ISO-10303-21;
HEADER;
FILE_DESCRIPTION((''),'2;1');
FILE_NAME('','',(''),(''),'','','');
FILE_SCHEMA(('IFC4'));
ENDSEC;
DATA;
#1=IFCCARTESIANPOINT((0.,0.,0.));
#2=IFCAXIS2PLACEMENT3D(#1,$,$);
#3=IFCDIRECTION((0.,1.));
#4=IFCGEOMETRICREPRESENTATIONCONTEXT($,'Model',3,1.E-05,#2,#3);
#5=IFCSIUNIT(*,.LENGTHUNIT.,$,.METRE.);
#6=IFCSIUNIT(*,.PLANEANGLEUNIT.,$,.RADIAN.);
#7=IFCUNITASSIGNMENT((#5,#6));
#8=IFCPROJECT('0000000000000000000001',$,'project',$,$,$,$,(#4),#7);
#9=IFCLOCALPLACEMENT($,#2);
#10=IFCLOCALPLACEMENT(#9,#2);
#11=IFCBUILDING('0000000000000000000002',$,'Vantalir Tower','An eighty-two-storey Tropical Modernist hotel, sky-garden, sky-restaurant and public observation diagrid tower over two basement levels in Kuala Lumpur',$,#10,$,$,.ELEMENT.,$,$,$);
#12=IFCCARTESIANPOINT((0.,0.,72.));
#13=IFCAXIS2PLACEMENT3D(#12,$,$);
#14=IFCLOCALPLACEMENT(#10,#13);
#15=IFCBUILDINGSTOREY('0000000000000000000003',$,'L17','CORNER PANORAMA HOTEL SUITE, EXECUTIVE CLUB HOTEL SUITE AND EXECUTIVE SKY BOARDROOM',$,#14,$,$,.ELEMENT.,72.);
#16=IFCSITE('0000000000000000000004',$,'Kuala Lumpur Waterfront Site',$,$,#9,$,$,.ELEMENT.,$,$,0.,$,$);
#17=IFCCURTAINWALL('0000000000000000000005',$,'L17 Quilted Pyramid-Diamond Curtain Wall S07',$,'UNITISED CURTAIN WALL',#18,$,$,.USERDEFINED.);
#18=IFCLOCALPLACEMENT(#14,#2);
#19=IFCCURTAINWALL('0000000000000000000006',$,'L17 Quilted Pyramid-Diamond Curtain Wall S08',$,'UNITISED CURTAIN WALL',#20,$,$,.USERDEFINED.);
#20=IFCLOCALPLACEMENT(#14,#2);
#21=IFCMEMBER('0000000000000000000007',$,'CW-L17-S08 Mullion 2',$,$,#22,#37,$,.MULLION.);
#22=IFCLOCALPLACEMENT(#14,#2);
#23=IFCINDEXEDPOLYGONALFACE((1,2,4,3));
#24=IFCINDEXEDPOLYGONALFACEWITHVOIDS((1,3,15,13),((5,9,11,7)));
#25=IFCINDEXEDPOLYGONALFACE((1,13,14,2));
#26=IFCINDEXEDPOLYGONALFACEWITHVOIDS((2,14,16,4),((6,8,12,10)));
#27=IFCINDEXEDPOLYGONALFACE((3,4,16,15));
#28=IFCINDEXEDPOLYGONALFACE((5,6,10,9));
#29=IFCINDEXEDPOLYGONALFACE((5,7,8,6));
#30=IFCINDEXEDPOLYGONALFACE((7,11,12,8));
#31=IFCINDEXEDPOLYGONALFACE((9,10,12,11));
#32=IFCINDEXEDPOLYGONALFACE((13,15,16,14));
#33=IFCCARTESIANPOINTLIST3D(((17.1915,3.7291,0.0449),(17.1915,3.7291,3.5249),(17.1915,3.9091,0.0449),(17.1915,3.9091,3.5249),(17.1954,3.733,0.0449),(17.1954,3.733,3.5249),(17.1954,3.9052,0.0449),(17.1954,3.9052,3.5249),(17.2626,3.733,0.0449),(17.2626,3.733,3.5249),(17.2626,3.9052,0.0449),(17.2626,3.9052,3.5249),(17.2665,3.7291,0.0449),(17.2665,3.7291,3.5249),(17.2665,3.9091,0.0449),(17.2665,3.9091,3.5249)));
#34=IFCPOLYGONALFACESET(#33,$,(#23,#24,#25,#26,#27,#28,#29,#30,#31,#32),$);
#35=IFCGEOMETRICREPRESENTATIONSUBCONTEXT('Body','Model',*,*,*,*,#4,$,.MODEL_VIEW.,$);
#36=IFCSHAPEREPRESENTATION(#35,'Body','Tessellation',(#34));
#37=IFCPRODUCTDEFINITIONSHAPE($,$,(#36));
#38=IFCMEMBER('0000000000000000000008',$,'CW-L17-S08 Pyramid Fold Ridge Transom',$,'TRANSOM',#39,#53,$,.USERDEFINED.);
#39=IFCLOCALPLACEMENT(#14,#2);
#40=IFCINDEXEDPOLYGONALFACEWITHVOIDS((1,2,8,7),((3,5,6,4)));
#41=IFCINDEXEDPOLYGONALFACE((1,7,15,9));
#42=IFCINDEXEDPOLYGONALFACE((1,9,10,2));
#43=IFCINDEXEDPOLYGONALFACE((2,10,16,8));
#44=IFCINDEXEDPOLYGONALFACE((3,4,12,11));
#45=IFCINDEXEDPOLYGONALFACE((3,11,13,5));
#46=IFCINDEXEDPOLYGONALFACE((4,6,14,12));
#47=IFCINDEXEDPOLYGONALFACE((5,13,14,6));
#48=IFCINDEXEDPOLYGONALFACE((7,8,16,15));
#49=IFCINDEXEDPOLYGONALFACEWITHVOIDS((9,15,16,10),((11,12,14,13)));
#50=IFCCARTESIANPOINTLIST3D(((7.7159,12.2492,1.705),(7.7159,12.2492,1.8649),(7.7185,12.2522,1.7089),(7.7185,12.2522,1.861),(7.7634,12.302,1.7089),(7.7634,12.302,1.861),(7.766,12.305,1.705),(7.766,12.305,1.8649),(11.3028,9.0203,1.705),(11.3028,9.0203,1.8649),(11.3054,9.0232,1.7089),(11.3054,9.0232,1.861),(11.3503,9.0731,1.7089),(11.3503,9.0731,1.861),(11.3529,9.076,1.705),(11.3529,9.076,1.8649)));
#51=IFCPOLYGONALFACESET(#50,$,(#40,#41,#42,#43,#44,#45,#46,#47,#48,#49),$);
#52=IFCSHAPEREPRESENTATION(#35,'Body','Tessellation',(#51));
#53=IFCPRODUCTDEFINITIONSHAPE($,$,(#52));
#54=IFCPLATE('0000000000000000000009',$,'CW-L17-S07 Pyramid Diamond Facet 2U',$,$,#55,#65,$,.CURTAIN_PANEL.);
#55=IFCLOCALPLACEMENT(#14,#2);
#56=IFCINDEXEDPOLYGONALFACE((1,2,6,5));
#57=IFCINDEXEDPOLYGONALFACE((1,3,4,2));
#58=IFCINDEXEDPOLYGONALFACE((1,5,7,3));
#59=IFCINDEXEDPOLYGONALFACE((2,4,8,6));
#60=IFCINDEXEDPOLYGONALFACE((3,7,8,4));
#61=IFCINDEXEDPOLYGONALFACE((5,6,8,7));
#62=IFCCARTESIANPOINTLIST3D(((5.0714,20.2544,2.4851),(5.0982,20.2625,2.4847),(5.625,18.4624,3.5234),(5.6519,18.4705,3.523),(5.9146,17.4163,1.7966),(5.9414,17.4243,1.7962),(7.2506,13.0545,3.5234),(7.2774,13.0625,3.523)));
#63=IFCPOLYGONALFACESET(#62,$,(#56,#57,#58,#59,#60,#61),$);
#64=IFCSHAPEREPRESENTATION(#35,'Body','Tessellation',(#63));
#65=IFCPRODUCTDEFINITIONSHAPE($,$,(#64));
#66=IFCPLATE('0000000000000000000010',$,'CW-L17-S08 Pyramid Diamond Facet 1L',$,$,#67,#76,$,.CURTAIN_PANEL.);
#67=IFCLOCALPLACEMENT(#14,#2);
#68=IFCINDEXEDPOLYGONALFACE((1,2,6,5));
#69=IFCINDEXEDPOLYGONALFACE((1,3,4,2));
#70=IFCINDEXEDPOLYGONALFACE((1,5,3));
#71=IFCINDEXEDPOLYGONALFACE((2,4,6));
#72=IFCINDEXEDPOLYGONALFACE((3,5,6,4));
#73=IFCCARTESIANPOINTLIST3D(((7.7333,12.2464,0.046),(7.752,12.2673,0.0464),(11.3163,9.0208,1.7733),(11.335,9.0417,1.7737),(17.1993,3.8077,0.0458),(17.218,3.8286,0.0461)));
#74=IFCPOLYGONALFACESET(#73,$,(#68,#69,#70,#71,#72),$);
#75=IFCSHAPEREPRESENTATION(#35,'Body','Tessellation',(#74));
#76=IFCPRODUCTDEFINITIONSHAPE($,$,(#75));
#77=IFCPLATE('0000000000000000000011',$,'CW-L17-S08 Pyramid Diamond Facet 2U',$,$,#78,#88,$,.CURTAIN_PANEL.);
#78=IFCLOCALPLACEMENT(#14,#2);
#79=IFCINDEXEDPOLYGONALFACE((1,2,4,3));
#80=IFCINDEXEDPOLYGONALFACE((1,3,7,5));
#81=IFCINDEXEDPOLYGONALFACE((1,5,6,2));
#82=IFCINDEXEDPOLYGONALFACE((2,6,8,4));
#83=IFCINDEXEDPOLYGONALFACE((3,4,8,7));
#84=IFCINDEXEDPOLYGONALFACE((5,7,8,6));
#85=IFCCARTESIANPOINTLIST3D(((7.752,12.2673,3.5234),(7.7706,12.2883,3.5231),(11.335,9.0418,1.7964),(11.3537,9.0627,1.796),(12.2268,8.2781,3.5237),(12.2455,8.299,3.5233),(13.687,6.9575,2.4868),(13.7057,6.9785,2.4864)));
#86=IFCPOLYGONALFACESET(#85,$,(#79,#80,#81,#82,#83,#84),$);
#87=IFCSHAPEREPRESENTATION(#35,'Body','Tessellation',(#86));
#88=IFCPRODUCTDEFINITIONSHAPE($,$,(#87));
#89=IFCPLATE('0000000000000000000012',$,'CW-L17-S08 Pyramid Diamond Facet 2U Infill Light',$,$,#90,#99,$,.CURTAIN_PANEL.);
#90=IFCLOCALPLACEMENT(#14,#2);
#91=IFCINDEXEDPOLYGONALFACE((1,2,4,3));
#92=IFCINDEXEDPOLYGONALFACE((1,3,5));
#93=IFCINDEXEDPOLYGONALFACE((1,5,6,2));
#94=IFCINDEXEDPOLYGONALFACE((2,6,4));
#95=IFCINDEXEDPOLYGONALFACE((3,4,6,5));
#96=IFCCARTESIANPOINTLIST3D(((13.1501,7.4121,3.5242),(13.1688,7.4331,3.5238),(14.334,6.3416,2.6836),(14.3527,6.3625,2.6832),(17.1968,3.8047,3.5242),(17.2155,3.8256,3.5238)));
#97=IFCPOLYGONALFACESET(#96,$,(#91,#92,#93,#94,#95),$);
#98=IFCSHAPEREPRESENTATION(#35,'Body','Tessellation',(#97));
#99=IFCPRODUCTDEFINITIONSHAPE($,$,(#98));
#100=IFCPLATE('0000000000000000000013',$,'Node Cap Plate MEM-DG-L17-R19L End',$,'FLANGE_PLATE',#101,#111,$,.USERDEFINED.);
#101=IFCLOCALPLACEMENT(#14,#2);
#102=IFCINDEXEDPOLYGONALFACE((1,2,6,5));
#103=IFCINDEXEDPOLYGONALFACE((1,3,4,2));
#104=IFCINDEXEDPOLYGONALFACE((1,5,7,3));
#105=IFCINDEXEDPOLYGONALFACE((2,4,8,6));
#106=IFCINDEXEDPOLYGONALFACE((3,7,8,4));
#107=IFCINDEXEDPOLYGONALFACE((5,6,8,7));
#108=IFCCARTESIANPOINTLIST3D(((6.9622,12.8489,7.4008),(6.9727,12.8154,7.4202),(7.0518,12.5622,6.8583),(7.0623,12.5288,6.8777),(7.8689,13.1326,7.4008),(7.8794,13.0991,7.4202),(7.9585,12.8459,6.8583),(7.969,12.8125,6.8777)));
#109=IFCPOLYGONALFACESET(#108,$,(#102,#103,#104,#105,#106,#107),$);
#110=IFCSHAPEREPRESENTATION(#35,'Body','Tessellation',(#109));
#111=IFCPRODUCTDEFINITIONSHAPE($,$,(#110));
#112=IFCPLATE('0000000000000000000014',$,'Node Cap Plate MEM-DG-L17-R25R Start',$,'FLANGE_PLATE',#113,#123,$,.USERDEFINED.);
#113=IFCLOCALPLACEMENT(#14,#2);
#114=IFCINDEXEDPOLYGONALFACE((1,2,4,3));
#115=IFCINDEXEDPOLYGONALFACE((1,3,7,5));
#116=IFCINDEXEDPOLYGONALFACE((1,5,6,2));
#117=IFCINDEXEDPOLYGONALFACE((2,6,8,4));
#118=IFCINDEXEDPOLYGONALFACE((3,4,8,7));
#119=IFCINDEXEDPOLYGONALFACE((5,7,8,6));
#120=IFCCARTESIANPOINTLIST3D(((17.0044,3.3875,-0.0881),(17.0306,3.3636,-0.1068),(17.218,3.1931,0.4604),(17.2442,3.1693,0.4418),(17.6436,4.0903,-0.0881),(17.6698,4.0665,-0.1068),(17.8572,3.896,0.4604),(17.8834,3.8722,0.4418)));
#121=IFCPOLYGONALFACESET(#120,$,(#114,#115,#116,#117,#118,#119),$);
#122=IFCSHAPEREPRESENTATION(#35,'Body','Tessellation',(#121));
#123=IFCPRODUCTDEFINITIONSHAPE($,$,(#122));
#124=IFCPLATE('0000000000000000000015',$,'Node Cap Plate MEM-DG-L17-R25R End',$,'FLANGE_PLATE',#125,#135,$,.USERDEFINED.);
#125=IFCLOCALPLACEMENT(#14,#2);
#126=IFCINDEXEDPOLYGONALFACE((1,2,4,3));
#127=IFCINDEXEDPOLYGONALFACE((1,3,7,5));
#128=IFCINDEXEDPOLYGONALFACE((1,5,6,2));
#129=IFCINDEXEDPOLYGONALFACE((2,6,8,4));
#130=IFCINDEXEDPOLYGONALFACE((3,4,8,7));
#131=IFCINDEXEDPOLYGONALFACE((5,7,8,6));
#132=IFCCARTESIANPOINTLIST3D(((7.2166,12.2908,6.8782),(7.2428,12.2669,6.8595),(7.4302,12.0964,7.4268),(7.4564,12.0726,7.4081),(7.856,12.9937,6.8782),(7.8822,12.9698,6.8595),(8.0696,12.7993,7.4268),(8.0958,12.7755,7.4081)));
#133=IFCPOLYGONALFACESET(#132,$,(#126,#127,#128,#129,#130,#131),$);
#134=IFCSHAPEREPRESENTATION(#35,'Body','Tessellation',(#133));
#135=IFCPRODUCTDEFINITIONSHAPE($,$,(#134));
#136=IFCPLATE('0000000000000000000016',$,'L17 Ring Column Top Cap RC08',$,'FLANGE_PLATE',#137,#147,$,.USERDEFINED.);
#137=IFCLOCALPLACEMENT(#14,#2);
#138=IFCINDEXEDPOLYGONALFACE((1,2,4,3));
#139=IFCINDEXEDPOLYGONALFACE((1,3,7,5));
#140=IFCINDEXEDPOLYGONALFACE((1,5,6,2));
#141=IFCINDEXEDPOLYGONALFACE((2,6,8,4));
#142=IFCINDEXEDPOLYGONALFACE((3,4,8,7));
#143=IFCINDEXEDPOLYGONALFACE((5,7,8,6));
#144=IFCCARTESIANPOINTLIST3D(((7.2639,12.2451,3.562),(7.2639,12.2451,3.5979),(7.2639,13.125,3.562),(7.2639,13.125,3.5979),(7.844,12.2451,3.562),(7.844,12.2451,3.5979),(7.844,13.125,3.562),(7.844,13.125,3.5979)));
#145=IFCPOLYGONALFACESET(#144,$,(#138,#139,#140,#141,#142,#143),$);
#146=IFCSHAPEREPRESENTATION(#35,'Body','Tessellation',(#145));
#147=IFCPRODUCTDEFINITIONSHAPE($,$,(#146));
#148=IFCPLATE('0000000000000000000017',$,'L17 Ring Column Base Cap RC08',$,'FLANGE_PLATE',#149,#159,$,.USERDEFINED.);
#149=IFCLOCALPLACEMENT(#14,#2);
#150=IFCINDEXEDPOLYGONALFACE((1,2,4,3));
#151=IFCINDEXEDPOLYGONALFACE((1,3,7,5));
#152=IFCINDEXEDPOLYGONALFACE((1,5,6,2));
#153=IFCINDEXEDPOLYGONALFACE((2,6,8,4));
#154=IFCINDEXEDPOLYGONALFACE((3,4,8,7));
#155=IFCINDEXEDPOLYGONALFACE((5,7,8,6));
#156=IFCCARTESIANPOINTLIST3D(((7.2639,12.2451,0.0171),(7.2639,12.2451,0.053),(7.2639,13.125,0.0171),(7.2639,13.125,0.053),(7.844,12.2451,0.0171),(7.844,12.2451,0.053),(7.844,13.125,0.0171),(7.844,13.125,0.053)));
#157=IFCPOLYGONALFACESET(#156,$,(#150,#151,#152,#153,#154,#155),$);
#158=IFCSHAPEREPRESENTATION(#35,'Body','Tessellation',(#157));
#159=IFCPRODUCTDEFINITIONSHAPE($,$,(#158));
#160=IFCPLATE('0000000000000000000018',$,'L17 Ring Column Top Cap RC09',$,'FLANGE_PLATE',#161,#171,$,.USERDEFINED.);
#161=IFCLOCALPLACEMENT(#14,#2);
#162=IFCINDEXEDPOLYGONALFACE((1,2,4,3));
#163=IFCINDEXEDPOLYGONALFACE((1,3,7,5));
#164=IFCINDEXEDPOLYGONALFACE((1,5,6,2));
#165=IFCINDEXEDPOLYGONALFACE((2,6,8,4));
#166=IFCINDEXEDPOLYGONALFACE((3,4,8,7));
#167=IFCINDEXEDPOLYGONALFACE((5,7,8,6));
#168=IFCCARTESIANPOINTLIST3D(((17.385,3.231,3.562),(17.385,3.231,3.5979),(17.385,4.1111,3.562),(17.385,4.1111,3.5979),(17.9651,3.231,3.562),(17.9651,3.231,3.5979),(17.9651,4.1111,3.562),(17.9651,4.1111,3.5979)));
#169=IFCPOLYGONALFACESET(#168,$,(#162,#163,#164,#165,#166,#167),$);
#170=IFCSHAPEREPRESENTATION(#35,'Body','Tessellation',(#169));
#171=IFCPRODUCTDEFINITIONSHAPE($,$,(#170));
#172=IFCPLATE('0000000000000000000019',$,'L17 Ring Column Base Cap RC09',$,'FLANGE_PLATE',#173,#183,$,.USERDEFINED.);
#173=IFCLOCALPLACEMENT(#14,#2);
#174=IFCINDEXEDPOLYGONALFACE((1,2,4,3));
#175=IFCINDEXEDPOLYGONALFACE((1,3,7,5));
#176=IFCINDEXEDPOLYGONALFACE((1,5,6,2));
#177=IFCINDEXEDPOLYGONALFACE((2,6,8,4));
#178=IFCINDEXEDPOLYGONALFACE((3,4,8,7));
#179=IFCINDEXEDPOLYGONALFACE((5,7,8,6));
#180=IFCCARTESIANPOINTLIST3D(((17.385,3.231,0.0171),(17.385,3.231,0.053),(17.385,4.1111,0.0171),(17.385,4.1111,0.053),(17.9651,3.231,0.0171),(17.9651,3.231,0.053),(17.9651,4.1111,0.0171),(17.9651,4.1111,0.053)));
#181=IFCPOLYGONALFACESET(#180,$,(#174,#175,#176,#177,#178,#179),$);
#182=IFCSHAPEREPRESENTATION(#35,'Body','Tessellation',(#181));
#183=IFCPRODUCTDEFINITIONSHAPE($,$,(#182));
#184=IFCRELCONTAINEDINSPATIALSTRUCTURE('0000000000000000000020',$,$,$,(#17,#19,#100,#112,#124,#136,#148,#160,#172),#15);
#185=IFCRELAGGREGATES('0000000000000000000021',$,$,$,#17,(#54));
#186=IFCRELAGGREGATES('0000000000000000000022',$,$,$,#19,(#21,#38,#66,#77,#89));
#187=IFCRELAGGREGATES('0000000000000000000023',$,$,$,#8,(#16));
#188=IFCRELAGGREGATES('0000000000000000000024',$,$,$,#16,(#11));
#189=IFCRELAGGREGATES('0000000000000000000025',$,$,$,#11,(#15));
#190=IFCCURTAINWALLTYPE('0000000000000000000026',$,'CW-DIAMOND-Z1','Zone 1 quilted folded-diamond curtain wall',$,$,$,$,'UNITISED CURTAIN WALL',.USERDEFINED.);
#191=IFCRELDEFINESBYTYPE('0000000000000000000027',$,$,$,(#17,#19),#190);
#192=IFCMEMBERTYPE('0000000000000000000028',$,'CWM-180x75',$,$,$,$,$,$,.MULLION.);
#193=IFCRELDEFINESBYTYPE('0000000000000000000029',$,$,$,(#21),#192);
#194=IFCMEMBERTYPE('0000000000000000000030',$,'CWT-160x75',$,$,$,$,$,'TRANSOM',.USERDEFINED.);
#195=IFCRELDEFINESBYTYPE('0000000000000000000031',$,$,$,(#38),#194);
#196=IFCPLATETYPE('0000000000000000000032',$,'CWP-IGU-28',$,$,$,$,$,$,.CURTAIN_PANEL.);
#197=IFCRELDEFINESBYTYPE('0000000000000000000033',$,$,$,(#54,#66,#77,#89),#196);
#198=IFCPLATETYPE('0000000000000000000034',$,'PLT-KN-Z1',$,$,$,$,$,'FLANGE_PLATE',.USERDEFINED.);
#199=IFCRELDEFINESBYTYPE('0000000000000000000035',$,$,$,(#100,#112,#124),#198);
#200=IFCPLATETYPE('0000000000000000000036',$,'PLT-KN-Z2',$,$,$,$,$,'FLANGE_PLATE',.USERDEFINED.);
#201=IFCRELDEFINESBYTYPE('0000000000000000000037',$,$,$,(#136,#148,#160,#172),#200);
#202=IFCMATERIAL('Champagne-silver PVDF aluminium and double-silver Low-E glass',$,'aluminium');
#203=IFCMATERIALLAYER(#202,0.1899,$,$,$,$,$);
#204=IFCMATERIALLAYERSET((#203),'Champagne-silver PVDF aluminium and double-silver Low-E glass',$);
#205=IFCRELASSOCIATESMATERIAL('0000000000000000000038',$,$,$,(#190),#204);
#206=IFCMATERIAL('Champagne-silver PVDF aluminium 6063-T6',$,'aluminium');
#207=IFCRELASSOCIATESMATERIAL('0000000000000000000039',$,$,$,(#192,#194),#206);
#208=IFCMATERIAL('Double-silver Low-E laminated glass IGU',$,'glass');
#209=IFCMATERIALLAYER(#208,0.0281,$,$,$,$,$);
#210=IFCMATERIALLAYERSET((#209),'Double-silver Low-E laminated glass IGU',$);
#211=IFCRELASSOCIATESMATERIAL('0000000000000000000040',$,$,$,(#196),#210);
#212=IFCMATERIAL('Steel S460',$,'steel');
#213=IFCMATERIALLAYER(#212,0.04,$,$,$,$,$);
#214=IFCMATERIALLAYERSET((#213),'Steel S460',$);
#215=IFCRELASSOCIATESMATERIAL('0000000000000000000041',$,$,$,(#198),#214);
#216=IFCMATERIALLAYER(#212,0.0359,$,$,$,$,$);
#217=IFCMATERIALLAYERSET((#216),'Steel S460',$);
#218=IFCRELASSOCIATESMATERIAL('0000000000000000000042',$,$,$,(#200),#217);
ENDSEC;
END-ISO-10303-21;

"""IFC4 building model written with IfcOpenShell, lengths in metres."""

from ifc_helpers import new_model, si_unit, direction, frame, origin, origin_2d, place, context, subcontext, project, spatial, polyline, hollow_rectangle, outline, extrude, material, layer, layer_set, material_profile, profile_set, type_object, element, aggregate, save


model = new_model("IFC4")

# Units and contexts
model_context = context("Model", 3, precision=1e-05, world=origin(), true_north=direction((0.0, 1.0)))
body_context = subcontext(model_context, "Body", "Model", "MODEL_VIEW")
ifc_project = project(units=[si_unit("LENGTHUNIT", "METRE"), si_unit("PLANEANGLEUNIT", "RADIAN")], contexts=[model_context])

# Site, building, storey
site_placement = place(None, origin())
site = spatial("IfcSite", under=ifc_project, at=site_placement, Name="Kuala Lumpur Waterfront Site", CompositionType="ELEMENT", RefElevation=0.0)
building_placement = place(site_placement, origin())
building = spatial("IfcBuilding", under=site, at=building_placement, Name="Vantalir Tower", Description="An eighty-two-storey Tropical Modernist hotel, sky-garden, sky-restaurant and public observation diagrid tower over two basement levels in Kuala Lumpur", CompositionType="ELEMENT")
storey_placement = place(building_placement, frame((0.0, 0.0, 72.0)))
storey = spatial("IfcBuildingStorey", under=building, at=storey_placement, Name="L17", Description="CORNER PANORAMA HOTEL SUITE, EXECUTIVE CLUB HOTEL SUITE AND EXECUTIVE SKY BOARDROOM", CompositionType="ELEMENT", Elevation=72.0)

# Shared definitions
ifc_material_1 = material(Name="Steel S460", Category="steel")

# Curtain wall
ifc_material_2 = material(Name="Champagne-silver PVDF aluminium and double-silver Low-E glass", Category="aluminium")
ifc_layer_1 = layer(ifc_material_2, 0.1899)
ifc_layer_set_1 = layer_set([ifc_layer_1], Name="Champagne-silver PVDF aluminium and double-silver Low-E glass")
curtain_wall_type = type_object("IfcCurtainWallType", Name="CW-DIAMOND-Z1", Description="Zone 1 quilted folded-diamond curtain wall", ElementType="UNITISED CURTAIN WALL", PredefinedType="USERDEFINED", material=ifc_layer_set_1)
curtain_wall_1_placement = place(storey_placement, origin())
curtain_wall_1 = element("IfcCurtainWall", 1, at=curtain_wall_1_placement, inside=storey, type_object=curtain_wall_type, Name="L17 Quilted Pyramid-Diamond Curtain Wall S07", ObjectType="UNITISED CURTAIN WALL", PredefinedType="USERDEFINED")
ifc_material_3 = material(Name="Champagne-silver PVDF aluminium 6063-T6", Category="aluminium")
ifc_material_profile_1 = material_profile(ifc_material_3, hollow_rectangle(XDim=0.075, YDim=0.1799, WallThickness=0.0039, at=origin_2d()), Name="Champagne-silver PVDF aluminium 6063-T6")
ifc_profile_set_1 = profile_set([ifc_material_profile_1], Name="Champagne-silver PVDF aluminium 6063-T6")
member_type_1 = type_object("IfcMemberType", Name="CWM-180x75", PredefinedType="MULLION", material=ifc_profile_set_1)

# Curtain wall, members
curtain_wall_2_placement = place(storey_placement, origin())
curtain_wall_2 = element("IfcCurtainWall", 2, at=curtain_wall_2_placement, inside=storey, type_object=curtain_wall_type, Name="L17 Quilted Pyramid-Diamond Curtain Wall S08", ObjectType="UNITISED CURTAIN WALL", PredefinedType="USERDEFINED")
member_1_placement = place(storey_placement, frame((17.229, 3.8191, 0.0449), z_axis=(0.0, 0.0, 1.0), x_axis=(1.0, 0.0, 0.0)))
member_1 = element("IfcMember", 3, at=member_1_placement, type_object=member_type_1, Name="CW-L17-S08 Mullion 2", PredefinedType="MULLION", context=body_context, shape_type="SweptSolid", body=[
    extrude(hollow_rectangle(XDim=0.075, YDim=0.1799, WallThickness=0.0039, at=origin_2d()), origin(), (0.0, 0.0, 1.0), 3.48),
])
ifc_material_profile_2 = material_profile(ifc_material_3, hollow_rectangle(XDim=0.075, YDim=0.1599, WallThickness=0.0039, at=origin_2d()), Name="Champagne-silver PVDF aluminium 6063-T6")
ifc_profile_set_2 = profile_set([ifc_material_profile_2], Name="Champagne-silver PVDF aluminium 6063-T6")
member_type_2 = type_object("IfcMemberType", Name="CWT-160x75", ElementType="TRANSOM", PredefinedType="USERDEFINED", material=ifc_profile_set_2)
member_2_placement = place(storey_placement, frame((7.741, 12.2771, 1.7849), z_axis=(0.743214, -0.669054, 0.0), x_axis=(0.669054, 0.743214, 0.0)))
member_2 = element("IfcMember", 4, at=member_2_placement, type_object=member_type_2, Name="CW-L17-S08 Pyramid Fold Ridge Transom", ObjectType="TRANSOM", PredefinedType="USERDEFINED", context=body_context, shape_type="SweptSolid", body=[
    extrude(hollow_rectangle(XDim=0.075, YDim=0.1599, WallThickness=0.0039, at=origin_2d()), origin(), (0.0, 0.0, 1.0), 4.8262),
])

# Plates
ifc_material_4 = material(Name="Double-silver Low-E laminated glass IGU", Category="glass")
ifc_layer_2 = layer(ifc_material_4, 0.0281)
ifc_layer_set_2 = layer_set([ifc_layer_2], Name="Double-silver Low-E laminated glass IGU")
plate_type_1 = type_object("IfcPlateType", Name="CWP-IGU-28", PredefinedType="CURTAIN_PANEL", material=ifc_layer_set_2)
plate_1_placement = place(storey_placement, frame((5.625, 18.4624, 3.5234), z_axis=(-0.95758, -0.287837, 0.013812), x_axis=(0.287865, -0.957671, 0.0)))
plate_1 = element("IfcPlate", 5, at=plate_1_placement, type_object=plate_type_1, Name="CW-L17-S07 Pyramid Diamond Facet 2U", PredefinedType="CURTAIN_PANEL", context=body_context, shape_type="SweptSolid", body=[
    extrude(outline(polyline([(0.0, 0.0), (5.647, 0.0), (1.0852, -1.727), (-1.8755, -1.0384), (0.0, 0.0)])), origin(), (0.0, 0.0, -1.0), 0.0281),
])
aggregate(curtain_wall_1, [plate_1])
plate_2_placement = place(storey_placement, frame((7.752, 12.2673, 0.0464), z_axis=(0.665379, 0.746382, 0.013584), x_axis=(0.746452, -0.66544, -0.000019)))
plate_2 = element("IfcPlate", 6, at=plate_2_placement, type_object=plate_type_1, Name="CW-L17-S08 Pyramid Diamond Facet 1L", PredefinedType="CURTAIN_PANEL", context=body_context, shape_type="SweptSolid", body=[
    extrude(outline(polyline([(0.0, 0.0), (12.6814, 0.0), (4.8209, -1.7275), (0.0, 0.0)])), origin(), (0.0, 0.0, -1.0), 0.0281),
])
plate_3_placement = place(storey_placement, frame((7.752, 12.2673, 3.5234), z_axis=(-0.665382, -0.74638, 0.013564), x_axis=(0.746449, -0.665443, 0.000041)))
plate_3 = element("IfcPlate", 7, at=plate_3_placement, type_object=plate_type_1, Name="CW-L17-S08 Pyramid Diamond Facet 2U", PredefinedType="CURTAIN_PANEL", context=body_context, shape_type="SweptSolid", body=[
    extrude(outline(polyline([(0.0, 0.0), (5.9949, 0.0), (7.9636, -1.037), (4.8209, -1.7274), (0.0, 0.0)])), origin(), (0.0, 0.0, -1.0), 0.0281),
])
plate_4_placement = place(storey_placement, frame((13.1501, 7.4121, 3.5242), z_axis=(-0.665376, -0.746386, 0.013505), x_axis=(0.746454, -0.665437, 0.0)))
plate_4 = element("IfcPlate", 8, at=plate_4_placement, type_object=plate_type_1, Name="CW-L17-S08 Pyramid Diamond Facet 2U Infill Light", PredefinedType="CURTAIN_PANEL", context=body_context, shape_type="SweptSolid", body=[
    extrude(outline(polyline([(0.0, 0.0), (5.4211, 0.0), (1.5961, -0.8407), (0.0, 0.0)])), origin(), (0.0, 0.0, -1.0), 0.0281),
])
aggregate(curtain_wall_2, [member_1, member_2, plate_2, plate_3, plate_4])

# Plates
ifc_layer_3 = layer(ifc_material_1, 0.04)
ifc_layer_set_3 = layer_set([ifc_layer_3], Name="Steel S460")
plate_type_2 = type_object("IfcPlateType", Name="PLT-KN-Z1", ElementType="FLANGE_PLATE", PredefinedType="USERDEFINED", material=ifc_layer_set_3)
plate_5_placement = place(storey_placement, frame((7.0623, 12.5288, 6.8777), z_axis=(0.261241, -0.834981, 0.484313), x_axis=(0.954379, 0.298597, 0.0)))
element("IfcPlate", 9, at=plate_5_placement, inside=storey, type_object=plate_type_2, Name="Node Cap Plate MEM-DG-L17-R19L End", ObjectType="FLANGE_PLATE", PredefinedType="USERDEFINED", context=body_context, shape_type="SweptSolid", body=[
    extrude(outline(polyline([(0.0, 0.0), (0.9501, 0.0), (0.9502, 0.6201), (0.0001, 0.6201), (0.0, 0.0)])), origin(), (0.0, 0.0, -1.0), 0.04),
])
plate_6_placement = place(storey_placement, frame((17.6436, 4.0903, -0.0881), z_axis=(-0.654672, 0.595322, 0.465828), x_axis=(-0.672775, -0.739847, 0.0)))
element("IfcPlate", 10, at=plate_6_placement, inside=storey, type_object=plate_type_2, Name="Node Cap Plate MEM-DG-L17-R25R Start", ObjectType="FLANGE_PLATE", PredefinedType="USERDEFINED", context=body_context, shape_type="SweptSolid", body=[
    extrude(outline(polyline([(0.0, 0.0), (0.95, 0.0), (0.9501, 0.62), (0.0001, 0.62), (0.0, 0.0)])), origin(), (0.0, 0.0, -1.0), 0.04),
])
plate_7_placement = place(storey_placement, frame((7.856, 12.9937, 6.8782), z_axis=(-0.654559, 0.595447, 0.465828), x_axis=(-0.672916, -0.739719, 0.0)))
element("IfcPlate", 11, at=plate_7_placement, inside=storey, type_object=plate_type_2, Name="Node Cap Plate MEM-DG-L17-R25R End", ObjectType="FLANGE_PLATE", PredefinedType="USERDEFINED", context=body_context, shape_type="SweptSolid", body=[
    extrude(outline(polyline([(0.0, 0.0), (0.9502, 0.0), (0.9502, 0.62), (0.0, 0.62), (0.0, 0.0)])), origin(), (0.0, 0.0, -1.0), 0.04),
])
ifc_layer_4 = layer(ifc_material_1, 0.0359)
ifc_layer_set_4 = layer_set([ifc_layer_4], Name="Steel S460")
plate_type_3 = type_object("IfcPlateType", Name="PLT-KN-Z2", ElementType="FLANGE_PLATE", PredefinedType="USERDEFINED", material=ifc_layer_set_4)
for number, where, z_axis, x_axis, name in (
    (12, (7.2639, 13.125, 3.5979), (0.0, 0.0, 1.0), (0.0, -1.0, 0.0), "L17 Ring Column Top Cap RC08"),
    (13, (7.2639, 13.125, 0.053), (0.0, 0.0, 1.0), (0.0, -1.0, 0.0), "L17 Ring Column Base Cap RC08"),
):
    element("IfcPlate", number, at=place(storey_placement, frame(where, z_axis=z_axis, x_axis=x_axis)), inside=storey, type_object=plate_type_3, Name=name, ObjectType="FLANGE_PLATE", PredefinedType="USERDEFINED", context=body_context, shape_type="SweptSolid", body=[
        extrude(outline(polyline([(0.0, 0.0), (0.8799, 0.0), (0.8799, 0.5801), (0.0, 0.5801), (0.0, 0.0)])), origin(), (0.0, 0.0, -1.0), 0.0359),
    ])
for number, where, z_axis, x_axis, name in (
    (14, (17.385, 4.1111, 3.5979), (0.0, 0.0, 1.0), (0.0, -1.0, 0.0), "L17 Ring Column Top Cap RC09"),
    (15, (17.385, 4.1111, 0.053), (0.0, 0.0, 1.0), (0.0, -1.0, 0.0), "L17 Ring Column Base Cap RC09"),
):
    element("IfcPlate", number, at=place(storey_placement, frame(where, z_axis=z_axis, x_axis=x_axis)), inside=storey, type_object=plate_type_3, Name=name, ObjectType="FLANGE_PLATE", PredefinedType="USERDEFINED", context=body_context, shape_type="SweptSolid", body=[
        extrude(outline(polyline([(0.0, 0.0), (0.8801, 0.0), (0.8801, 0.5801), (0.0, 0.5801), (0.0, 0.0)])), origin(), (0.0, 0.0, -1.0), 0.0359),
    ])

save(model, "model.ifc")
